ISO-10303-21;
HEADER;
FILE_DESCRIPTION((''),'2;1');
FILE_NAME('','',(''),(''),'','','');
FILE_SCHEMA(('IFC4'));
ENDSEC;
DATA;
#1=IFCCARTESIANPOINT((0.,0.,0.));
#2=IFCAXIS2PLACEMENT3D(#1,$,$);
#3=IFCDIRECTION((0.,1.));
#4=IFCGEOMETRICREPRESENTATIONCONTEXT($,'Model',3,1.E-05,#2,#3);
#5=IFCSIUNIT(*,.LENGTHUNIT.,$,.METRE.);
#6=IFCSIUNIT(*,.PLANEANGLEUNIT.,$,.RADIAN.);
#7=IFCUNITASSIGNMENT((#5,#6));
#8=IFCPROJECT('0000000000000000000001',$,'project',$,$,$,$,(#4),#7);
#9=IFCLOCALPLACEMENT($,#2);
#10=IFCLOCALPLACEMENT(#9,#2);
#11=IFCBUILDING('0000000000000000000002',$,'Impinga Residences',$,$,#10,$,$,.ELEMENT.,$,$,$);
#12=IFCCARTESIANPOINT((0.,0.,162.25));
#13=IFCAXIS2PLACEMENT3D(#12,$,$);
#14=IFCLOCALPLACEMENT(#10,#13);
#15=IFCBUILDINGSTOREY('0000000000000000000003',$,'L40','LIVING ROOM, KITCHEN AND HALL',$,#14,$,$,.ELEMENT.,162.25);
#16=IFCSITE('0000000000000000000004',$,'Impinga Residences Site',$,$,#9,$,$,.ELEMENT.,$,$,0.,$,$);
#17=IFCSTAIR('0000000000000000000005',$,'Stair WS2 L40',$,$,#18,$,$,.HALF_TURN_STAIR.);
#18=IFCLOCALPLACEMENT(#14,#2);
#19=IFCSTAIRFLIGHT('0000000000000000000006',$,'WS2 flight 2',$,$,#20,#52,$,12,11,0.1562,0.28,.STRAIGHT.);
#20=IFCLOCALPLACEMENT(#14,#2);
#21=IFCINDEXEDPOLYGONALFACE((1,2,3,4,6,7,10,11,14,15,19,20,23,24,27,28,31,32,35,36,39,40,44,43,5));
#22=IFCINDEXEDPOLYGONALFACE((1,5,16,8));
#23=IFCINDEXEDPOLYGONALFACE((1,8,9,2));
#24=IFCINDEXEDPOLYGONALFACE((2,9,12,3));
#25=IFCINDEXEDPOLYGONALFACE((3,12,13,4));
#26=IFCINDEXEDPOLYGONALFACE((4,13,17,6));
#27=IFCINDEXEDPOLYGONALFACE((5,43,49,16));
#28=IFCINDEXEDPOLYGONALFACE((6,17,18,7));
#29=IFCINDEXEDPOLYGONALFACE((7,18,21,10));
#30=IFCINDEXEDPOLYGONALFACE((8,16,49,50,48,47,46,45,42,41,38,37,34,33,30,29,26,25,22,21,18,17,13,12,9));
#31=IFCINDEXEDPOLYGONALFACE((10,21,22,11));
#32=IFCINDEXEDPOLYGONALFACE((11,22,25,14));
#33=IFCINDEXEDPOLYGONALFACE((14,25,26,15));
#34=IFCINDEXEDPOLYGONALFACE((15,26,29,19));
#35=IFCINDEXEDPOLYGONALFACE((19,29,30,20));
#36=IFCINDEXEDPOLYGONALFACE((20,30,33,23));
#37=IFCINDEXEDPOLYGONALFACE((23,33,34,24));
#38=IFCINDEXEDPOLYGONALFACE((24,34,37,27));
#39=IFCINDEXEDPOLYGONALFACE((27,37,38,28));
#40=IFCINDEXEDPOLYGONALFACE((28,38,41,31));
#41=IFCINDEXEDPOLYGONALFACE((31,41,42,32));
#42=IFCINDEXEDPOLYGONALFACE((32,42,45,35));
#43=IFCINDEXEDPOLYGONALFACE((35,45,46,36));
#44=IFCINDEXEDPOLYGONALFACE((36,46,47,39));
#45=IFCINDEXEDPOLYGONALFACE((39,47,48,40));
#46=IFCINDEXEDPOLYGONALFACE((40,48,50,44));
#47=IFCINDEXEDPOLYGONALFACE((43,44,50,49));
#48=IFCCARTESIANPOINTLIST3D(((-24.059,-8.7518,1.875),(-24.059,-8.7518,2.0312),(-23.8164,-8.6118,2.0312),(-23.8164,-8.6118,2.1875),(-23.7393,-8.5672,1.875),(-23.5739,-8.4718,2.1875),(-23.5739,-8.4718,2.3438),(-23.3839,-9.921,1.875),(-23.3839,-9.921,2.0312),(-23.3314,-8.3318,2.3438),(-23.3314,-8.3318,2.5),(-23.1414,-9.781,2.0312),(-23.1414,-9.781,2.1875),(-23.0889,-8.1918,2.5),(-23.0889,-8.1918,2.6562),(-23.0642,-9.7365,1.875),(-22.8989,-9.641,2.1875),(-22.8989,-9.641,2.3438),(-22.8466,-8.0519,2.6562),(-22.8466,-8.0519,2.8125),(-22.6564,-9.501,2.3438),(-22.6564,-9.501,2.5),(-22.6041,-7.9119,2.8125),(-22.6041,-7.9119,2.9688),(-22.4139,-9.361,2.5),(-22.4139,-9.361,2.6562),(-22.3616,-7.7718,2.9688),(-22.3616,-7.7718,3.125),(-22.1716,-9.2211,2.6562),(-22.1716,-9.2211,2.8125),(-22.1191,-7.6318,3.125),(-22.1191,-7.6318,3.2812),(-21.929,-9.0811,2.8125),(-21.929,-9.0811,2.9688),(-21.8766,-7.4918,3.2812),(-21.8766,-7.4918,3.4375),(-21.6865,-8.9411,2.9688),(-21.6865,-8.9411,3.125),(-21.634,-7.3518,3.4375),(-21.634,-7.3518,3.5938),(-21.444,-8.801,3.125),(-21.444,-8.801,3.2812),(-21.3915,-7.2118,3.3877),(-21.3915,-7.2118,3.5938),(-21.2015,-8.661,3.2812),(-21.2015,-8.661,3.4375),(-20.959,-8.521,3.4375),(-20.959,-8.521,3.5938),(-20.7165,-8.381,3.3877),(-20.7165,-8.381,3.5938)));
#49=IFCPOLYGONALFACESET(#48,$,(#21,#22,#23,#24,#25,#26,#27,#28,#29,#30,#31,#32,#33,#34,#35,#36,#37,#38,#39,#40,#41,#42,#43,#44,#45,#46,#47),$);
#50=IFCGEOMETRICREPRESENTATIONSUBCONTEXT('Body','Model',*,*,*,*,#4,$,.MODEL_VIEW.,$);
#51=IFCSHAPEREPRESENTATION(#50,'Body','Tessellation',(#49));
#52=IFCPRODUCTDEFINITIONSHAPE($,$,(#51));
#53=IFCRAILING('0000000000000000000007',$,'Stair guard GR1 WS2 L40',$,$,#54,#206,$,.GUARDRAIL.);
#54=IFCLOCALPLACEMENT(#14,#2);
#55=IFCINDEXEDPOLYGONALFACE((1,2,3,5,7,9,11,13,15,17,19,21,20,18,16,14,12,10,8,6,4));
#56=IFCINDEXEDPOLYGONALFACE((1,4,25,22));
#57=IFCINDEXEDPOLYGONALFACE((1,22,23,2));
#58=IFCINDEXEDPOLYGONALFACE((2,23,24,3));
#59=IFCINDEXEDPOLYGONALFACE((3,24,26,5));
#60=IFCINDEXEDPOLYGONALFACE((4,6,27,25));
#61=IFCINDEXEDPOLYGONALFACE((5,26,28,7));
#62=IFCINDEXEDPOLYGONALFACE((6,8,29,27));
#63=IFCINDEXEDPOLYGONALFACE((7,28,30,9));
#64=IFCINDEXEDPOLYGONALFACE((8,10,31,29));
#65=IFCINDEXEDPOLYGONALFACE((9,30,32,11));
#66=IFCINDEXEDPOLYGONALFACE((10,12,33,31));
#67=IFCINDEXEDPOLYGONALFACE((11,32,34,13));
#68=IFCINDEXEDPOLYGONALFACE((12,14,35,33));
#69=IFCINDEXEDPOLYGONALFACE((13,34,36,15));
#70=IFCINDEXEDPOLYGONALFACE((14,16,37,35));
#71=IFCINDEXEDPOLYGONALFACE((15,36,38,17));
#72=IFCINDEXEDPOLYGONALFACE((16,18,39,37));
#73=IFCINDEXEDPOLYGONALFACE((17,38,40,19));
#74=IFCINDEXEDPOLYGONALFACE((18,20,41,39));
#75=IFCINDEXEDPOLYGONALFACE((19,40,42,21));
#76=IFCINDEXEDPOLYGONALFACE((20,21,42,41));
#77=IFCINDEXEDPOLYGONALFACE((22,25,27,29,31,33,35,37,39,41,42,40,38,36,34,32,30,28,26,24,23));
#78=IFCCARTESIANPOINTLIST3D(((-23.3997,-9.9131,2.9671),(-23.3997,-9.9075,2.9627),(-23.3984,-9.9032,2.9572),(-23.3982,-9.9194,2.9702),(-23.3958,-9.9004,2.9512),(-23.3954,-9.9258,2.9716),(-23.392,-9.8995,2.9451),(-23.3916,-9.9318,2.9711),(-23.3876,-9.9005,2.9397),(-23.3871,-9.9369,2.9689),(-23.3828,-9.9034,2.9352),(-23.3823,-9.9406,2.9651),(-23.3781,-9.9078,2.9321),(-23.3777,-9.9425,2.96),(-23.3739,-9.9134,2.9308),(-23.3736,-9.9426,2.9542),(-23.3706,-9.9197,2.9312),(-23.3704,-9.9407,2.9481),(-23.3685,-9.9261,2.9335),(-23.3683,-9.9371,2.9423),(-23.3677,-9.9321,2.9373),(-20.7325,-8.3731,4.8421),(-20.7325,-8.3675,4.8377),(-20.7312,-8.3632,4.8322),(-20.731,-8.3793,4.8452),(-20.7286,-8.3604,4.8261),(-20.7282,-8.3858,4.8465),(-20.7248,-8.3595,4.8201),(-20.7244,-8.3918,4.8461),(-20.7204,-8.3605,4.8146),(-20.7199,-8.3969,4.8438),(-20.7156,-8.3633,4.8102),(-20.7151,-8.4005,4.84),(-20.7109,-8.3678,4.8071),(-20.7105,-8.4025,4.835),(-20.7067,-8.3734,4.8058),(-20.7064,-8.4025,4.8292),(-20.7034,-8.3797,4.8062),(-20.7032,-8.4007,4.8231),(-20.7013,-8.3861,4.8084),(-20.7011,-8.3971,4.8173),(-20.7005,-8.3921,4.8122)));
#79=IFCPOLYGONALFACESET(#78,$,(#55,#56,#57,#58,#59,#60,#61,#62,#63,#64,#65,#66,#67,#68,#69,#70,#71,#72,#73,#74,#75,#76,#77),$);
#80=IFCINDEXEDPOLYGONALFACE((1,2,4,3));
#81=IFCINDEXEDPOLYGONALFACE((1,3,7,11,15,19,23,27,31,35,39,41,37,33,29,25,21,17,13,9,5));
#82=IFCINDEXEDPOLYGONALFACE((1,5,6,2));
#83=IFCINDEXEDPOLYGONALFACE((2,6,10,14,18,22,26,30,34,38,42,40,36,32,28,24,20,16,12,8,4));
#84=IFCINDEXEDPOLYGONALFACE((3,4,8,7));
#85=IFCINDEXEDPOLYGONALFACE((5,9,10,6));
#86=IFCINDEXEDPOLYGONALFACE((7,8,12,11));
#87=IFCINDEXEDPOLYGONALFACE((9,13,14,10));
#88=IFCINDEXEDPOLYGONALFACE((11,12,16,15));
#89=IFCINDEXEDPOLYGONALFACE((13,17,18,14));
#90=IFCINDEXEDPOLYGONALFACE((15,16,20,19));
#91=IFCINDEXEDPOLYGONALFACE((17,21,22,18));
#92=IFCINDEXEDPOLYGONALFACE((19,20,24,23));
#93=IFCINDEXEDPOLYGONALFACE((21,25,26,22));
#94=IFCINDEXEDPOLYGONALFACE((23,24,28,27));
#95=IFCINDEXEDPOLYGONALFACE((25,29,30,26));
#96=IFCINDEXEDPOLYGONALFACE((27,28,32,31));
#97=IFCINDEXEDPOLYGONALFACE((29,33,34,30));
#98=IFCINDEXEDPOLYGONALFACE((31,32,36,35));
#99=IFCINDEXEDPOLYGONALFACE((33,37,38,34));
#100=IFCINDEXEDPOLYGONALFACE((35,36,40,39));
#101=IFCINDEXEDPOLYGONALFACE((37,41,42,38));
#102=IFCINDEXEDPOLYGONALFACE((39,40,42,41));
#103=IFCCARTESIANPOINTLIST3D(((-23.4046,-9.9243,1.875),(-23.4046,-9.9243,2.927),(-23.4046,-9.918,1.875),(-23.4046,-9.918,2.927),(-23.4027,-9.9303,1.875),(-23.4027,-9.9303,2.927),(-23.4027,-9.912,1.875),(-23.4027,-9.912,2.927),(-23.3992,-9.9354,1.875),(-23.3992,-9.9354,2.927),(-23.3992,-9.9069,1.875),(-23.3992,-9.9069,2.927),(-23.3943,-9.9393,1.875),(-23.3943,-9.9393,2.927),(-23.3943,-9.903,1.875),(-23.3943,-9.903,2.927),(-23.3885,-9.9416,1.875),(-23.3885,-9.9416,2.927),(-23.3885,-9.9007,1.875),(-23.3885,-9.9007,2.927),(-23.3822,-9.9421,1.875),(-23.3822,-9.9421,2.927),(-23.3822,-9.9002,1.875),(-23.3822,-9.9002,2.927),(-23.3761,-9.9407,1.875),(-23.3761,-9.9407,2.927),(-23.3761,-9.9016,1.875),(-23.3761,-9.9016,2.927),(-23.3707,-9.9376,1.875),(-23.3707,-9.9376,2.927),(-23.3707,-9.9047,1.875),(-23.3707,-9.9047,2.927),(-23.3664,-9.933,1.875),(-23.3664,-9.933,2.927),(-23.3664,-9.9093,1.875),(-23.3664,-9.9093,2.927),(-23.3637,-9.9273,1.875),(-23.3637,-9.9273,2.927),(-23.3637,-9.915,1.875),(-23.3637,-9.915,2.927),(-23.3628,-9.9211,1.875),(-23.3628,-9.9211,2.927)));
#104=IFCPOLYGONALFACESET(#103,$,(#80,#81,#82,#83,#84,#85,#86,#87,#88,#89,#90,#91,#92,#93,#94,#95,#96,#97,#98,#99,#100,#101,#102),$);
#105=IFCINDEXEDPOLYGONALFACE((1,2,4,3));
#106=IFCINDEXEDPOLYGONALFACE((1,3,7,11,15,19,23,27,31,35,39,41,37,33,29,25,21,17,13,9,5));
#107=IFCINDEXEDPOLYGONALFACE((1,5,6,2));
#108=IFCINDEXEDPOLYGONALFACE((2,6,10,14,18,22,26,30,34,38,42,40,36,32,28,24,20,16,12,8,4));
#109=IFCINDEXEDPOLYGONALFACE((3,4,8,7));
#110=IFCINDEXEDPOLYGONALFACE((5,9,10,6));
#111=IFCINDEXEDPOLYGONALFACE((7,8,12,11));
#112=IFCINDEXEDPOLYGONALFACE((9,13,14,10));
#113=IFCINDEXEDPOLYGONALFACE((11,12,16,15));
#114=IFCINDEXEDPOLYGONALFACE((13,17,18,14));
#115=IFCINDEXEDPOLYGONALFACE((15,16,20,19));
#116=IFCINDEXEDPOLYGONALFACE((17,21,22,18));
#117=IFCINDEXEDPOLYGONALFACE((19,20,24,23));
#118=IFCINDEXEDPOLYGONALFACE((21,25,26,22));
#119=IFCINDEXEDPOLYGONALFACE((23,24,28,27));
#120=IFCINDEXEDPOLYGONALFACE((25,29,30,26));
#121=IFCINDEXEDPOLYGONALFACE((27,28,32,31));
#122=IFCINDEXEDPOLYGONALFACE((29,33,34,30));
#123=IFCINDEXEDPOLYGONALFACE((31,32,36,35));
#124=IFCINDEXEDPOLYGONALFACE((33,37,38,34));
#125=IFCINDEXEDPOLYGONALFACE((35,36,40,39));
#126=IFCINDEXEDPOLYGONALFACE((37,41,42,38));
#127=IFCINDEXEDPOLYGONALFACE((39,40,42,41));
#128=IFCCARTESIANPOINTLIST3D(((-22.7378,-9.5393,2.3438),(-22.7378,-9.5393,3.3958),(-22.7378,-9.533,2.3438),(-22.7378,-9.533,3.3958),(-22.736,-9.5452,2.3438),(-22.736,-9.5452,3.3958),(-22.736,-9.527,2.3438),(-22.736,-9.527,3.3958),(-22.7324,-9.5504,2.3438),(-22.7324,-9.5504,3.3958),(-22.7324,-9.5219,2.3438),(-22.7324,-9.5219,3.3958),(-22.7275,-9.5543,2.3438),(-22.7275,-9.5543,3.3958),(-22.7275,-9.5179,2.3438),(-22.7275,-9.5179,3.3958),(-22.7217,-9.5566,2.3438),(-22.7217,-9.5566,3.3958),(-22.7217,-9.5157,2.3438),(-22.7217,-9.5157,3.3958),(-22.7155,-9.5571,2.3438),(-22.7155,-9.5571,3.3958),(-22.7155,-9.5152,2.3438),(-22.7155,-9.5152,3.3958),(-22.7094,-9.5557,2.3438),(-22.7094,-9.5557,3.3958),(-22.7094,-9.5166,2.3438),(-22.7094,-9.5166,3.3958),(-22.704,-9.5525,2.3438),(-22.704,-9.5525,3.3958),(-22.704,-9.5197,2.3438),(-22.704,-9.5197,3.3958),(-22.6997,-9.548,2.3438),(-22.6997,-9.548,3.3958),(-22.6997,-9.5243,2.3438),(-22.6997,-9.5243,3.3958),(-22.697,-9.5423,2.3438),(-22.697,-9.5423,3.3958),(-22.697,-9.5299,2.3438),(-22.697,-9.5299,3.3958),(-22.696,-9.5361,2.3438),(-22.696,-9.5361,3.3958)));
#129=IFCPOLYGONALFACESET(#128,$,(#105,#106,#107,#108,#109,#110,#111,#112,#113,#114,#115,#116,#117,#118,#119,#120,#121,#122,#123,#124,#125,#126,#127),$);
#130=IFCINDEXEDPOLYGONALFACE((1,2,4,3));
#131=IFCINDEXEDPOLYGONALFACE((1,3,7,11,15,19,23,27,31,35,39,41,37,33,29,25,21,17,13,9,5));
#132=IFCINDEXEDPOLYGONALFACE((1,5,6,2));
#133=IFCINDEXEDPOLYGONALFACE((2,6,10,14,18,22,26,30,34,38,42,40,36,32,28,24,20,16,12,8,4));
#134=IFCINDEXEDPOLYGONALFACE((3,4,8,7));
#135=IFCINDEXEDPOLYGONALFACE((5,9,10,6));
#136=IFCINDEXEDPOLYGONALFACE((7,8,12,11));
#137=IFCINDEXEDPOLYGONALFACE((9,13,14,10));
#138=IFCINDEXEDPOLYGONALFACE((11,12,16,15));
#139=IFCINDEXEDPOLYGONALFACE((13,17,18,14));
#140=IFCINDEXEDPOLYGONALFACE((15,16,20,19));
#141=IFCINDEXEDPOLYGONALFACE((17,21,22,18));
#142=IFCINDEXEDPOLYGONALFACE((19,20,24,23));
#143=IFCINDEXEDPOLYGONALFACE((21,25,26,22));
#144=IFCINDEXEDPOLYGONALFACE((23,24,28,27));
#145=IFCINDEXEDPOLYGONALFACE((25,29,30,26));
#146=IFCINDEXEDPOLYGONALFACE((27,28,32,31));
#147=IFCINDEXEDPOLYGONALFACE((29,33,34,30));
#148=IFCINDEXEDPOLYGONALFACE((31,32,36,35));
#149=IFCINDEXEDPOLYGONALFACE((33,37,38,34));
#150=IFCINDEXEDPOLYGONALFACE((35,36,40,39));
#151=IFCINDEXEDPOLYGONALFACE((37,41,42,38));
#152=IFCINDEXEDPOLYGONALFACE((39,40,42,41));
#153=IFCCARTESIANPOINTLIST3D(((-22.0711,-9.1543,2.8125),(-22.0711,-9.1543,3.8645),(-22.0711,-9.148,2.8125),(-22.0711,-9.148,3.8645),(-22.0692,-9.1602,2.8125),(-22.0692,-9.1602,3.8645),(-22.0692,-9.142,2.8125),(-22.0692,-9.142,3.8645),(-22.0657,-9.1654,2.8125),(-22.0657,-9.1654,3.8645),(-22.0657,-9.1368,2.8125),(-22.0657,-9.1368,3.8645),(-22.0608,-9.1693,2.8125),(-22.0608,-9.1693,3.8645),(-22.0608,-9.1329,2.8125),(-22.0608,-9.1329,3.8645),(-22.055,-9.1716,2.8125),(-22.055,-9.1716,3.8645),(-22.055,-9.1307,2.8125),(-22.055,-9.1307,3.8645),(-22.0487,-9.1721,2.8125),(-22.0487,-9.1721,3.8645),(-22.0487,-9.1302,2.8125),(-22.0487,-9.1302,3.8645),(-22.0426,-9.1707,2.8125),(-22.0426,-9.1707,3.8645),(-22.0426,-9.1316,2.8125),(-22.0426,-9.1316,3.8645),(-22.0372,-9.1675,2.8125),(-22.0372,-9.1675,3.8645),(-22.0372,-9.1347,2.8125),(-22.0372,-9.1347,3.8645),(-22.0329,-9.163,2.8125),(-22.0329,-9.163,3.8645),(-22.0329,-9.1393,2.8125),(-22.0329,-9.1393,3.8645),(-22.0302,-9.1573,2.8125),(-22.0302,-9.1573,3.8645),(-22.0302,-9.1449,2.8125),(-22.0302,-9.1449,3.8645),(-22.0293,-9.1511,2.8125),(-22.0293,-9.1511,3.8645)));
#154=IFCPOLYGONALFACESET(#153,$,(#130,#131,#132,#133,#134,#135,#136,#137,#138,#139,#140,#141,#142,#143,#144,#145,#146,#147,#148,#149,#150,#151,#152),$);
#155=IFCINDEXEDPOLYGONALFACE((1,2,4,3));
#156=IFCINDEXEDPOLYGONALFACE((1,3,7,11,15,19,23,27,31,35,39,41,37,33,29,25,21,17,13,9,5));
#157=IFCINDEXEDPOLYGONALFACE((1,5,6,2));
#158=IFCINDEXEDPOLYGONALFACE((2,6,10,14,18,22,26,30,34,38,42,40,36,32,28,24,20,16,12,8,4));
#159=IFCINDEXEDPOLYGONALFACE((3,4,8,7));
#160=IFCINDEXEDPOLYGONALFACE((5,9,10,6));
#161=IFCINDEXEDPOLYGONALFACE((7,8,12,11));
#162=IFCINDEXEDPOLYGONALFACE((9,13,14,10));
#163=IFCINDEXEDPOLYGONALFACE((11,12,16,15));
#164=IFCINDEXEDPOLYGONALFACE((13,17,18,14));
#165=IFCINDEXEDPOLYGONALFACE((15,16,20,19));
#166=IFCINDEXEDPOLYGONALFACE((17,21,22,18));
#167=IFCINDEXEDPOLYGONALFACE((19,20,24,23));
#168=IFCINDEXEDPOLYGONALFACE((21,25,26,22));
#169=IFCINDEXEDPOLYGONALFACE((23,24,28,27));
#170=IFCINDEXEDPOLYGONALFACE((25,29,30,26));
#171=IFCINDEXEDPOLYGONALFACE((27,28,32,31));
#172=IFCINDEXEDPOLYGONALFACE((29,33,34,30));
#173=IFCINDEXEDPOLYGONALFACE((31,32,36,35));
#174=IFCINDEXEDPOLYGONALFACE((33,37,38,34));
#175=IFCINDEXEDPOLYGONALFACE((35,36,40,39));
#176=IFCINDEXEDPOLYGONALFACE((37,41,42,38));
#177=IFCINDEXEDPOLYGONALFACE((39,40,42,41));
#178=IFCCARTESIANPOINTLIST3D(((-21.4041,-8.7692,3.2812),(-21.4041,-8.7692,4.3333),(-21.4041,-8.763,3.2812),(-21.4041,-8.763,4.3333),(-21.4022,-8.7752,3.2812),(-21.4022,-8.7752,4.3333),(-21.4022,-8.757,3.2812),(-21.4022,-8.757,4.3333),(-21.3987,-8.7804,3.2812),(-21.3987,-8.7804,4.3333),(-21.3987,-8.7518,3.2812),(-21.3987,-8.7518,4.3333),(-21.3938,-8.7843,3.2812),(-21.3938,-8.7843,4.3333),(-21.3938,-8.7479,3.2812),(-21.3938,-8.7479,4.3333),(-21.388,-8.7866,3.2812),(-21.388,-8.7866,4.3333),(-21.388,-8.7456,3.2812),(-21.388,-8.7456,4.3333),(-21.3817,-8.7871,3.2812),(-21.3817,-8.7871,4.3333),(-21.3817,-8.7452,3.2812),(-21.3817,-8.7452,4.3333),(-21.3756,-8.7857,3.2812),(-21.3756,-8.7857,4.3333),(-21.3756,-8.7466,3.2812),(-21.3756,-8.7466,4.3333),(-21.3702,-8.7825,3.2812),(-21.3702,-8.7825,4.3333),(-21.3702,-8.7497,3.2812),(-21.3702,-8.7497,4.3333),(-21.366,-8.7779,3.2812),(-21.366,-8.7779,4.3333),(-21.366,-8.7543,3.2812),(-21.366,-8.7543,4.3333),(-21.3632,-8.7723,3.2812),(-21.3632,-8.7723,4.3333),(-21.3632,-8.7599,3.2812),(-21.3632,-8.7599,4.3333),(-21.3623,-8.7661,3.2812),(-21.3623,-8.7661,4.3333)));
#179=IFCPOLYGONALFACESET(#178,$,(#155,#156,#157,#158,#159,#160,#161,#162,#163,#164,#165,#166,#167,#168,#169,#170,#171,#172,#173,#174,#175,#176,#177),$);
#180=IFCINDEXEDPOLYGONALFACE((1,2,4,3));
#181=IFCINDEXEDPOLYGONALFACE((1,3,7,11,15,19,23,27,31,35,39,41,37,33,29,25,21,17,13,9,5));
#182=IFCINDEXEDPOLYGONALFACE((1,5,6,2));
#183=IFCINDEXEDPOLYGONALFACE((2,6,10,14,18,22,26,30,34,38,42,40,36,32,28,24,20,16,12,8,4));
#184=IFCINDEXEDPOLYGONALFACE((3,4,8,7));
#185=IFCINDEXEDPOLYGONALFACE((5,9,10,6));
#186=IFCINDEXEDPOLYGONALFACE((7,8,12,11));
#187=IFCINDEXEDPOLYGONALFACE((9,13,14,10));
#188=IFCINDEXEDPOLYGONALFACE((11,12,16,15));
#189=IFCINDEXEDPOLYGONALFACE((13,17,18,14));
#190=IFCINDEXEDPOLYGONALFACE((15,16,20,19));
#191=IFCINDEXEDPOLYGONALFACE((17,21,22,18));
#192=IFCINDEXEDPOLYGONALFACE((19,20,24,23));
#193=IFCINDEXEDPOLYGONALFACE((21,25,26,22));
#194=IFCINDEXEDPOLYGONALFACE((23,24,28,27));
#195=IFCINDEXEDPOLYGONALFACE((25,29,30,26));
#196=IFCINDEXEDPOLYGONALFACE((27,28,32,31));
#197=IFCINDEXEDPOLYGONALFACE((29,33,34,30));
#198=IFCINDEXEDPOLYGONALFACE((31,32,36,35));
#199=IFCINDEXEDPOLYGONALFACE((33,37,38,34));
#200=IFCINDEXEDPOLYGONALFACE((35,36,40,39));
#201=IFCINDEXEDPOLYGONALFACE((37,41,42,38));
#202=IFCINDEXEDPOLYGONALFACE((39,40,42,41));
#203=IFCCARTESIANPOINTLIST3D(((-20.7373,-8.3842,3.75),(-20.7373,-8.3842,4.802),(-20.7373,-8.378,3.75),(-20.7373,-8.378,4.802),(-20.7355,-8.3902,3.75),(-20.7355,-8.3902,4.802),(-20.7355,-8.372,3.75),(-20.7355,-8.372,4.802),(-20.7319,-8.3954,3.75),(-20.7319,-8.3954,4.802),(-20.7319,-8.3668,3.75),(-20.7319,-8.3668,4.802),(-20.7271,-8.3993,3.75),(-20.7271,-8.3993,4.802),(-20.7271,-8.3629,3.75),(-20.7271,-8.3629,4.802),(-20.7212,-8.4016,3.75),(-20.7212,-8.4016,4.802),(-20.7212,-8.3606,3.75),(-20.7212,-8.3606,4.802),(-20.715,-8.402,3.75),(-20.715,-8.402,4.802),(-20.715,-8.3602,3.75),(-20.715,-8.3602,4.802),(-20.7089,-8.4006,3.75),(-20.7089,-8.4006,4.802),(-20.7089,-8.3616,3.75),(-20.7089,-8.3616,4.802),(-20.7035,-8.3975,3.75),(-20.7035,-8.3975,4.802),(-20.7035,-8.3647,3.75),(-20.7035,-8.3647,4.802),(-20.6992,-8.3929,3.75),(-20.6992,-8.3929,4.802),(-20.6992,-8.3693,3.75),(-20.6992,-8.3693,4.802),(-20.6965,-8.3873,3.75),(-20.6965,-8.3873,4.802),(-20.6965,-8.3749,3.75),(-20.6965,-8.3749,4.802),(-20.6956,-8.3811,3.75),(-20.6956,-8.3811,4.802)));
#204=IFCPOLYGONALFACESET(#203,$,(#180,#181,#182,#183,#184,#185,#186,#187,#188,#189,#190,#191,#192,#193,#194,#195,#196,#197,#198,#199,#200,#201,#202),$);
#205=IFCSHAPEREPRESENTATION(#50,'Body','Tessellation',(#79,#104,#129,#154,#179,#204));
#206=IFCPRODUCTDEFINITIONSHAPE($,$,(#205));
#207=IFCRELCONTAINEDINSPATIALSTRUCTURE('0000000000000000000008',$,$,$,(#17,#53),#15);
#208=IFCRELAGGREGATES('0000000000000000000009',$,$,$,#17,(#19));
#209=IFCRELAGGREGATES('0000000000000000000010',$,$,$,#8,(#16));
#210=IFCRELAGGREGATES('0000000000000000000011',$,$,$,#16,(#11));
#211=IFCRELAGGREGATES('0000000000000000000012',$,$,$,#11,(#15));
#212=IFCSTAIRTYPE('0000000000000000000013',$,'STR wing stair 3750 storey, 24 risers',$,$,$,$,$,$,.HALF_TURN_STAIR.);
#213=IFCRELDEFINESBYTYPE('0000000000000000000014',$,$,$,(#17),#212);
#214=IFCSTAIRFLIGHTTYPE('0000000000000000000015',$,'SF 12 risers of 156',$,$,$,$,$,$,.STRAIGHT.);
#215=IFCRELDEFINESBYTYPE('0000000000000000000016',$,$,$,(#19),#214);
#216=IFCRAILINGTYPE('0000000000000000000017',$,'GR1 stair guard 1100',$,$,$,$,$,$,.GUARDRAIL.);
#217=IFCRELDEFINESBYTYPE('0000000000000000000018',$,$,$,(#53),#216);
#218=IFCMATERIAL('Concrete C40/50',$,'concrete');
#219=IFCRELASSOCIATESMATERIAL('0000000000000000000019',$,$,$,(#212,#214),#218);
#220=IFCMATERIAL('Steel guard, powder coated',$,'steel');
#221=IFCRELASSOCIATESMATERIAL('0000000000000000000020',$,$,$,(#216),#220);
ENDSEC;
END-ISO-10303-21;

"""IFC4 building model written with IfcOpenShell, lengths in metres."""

from ifc_helpers import new_model, si_unit, direction, frame, origin, origin_2d, place, context, subcontext, project, spatial, polyline, circle, outline, extrude, material, type_object, element, aggregate, save


model = new_model("IFC4")

# Units and contexts
model_context = context("Model", 3, precision=1e-05, world=origin(), true_north=direction((0.0, 1.0)))
body_context = subcontext(model_context, "Body", "Model", "MODEL_VIEW")
ifc_project = project(units=[si_unit("LENGTHUNIT", "METRE"), si_unit("PLANEANGLEUNIT", "RADIAN")], contexts=[model_context])

# Site, building, storey
site_placement = place(None, origin())
site = spatial("IfcSite", under=ifc_project, at=site_placement, Name="Impinga Residences Site", CompositionType="ELEMENT", RefElevation=0.0)
building_placement = place(site_placement, origin())
building = spatial("IfcBuilding", under=site, at=building_placement, Name="Impinga Residences", CompositionType="ELEMENT")
storey_placement = place(building_placement, frame((0.0, 0.0, 162.25)))
storey = spatial("IfcBuildingStorey", under=building, at=storey_placement, Name="L40", Description="LIVING ROOM, KITCHEN AND HALL", CompositionType="ELEMENT", Elevation=162.25)

# Stair, stair flight
ifc_material_1 = material(Name="Concrete C40/50", Category="concrete")
stair_type = type_object("IfcStairType", Name="STR wing stair 3750 storey, 24 risers", PredefinedType="HALF_TURN_STAIR", material=ifc_material_1)
stair_placement = place(storey_placement, origin())
stair = element("IfcStair", 1, at=stair_placement, inside=storey, type_object=stair_type, Name="Stair WS2 L40", PredefinedType="HALF_TURN_STAIR")
stair_flight_type = type_object("IfcStairFlightType", Name="SF 12 risers of 156", PredefinedType="STRAIGHT", material=ifc_material_1)
stair_flight_placement = place(storey_placement, frame((-23.7214, -9.3364, 1.875), z_axis=(0.0, 0.0, 1.0), x_axis=(0.866025, 0.5, 0.0)))
stair_flight = element("IfcStairFlight", 2, at=stair_flight_placement, type_object=stair_flight_type, Name="WS2 flight 2", NumberOfRisers=12, NumberOfTreads=11, PredefinedType="STRAIGHT", RiserHeight=0.1562, TreadLength=0.28, context=body_context, shape_type="SweptSolid", body=[
    extrude(outline(polyline([(0.0, 0.0), (0.0, 0.1562), (0.28, 0.1562), (0.28, 0.3125), (0.5601, 0.3125), (0.5601, 0.4688), (0.8401, 0.4688), (0.8401, 0.625), (1.1201, 0.625), (1.1201, 0.7812), (1.3999, 0.7812), (1.3999, 0.9375), (1.6799, 0.9375), (1.6799, 1.0938), (1.96, 1.0938), (1.96, 1.25), (2.24, 1.25), (2.24, 1.4062), (2.52, 1.4062), (2.52, 1.5625), (2.8, 1.5625), (2.8, 1.7188), (3.0801, 1.7188), (3.0801, 1.875), (3.0801, 1.5127), (0.3691, 0.0), (0.0, 0.0)])), frame((0.0, 0.675, 0.0), z_axis=(0.0, -1.0, 0.0), x_axis=(1.0, 0.0, 0.0)), (0.0, 0.0, 1.0), 1.3501),
])
aggregate(stair, [stair_flight])

# Railing
ifc_material_2 = material(Name="Steel guard, powder coated", Category="steel")
railing_type_1 = type_object("IfcRailingType", Name="GR1 stair guard 1100", PredefinedType="GUARDRAIL", material=ifc_material_2)
railing_1_placement = place(storey_placement, frame((-23.3838, -9.9211, 1.875)))
element("IfcRailing", 3, at=railing_1_placement, inside=storey, type_object=railing_type_1, Name="Stair guard GR1 WS2 L40", PredefinedType="GUARDRAIL", context=body_context, shape_type="SweptSolid", body=[
    extrude(circle(Radius=0.0239, at=origin_2d()), frame((0.0, 0.0, 1.0762), z_axis=(0.739716, 0.427105, 0.520002), x_axis=(-0.500027, 0.86601, 0.0)), (0.0, 0.0, 1.0), 3.6057),
    extrude(circle(Radius=0.021, at=origin_2d()), origin(), (0.0, 0.0, 1.0), 1.052),
    extrude(circle(Radius=0.021, at=origin_2d()), frame((0.6667, 0.385, 0.4688)), (0.0, 0.0, 1.0), 1.052),
    extrude(circle(Radius=0.021, at=origin_2d()), frame((1.3335, 0.77, 0.9375)), (0.0, 0.0, 1.0), 1.052),
    extrude(circle(Radius=0.021, at=origin_2d()), frame((2.0005, 1.155, 1.4062)), (0.0, 0.0, 1.0), 1.052),
    extrude(circle(Radius=0.021, at=origin_2d()), frame((2.6672, 1.54, 1.875)), (0.0, 0.0, 1.0), 1.052),
])

save(model, "model.ifc")
